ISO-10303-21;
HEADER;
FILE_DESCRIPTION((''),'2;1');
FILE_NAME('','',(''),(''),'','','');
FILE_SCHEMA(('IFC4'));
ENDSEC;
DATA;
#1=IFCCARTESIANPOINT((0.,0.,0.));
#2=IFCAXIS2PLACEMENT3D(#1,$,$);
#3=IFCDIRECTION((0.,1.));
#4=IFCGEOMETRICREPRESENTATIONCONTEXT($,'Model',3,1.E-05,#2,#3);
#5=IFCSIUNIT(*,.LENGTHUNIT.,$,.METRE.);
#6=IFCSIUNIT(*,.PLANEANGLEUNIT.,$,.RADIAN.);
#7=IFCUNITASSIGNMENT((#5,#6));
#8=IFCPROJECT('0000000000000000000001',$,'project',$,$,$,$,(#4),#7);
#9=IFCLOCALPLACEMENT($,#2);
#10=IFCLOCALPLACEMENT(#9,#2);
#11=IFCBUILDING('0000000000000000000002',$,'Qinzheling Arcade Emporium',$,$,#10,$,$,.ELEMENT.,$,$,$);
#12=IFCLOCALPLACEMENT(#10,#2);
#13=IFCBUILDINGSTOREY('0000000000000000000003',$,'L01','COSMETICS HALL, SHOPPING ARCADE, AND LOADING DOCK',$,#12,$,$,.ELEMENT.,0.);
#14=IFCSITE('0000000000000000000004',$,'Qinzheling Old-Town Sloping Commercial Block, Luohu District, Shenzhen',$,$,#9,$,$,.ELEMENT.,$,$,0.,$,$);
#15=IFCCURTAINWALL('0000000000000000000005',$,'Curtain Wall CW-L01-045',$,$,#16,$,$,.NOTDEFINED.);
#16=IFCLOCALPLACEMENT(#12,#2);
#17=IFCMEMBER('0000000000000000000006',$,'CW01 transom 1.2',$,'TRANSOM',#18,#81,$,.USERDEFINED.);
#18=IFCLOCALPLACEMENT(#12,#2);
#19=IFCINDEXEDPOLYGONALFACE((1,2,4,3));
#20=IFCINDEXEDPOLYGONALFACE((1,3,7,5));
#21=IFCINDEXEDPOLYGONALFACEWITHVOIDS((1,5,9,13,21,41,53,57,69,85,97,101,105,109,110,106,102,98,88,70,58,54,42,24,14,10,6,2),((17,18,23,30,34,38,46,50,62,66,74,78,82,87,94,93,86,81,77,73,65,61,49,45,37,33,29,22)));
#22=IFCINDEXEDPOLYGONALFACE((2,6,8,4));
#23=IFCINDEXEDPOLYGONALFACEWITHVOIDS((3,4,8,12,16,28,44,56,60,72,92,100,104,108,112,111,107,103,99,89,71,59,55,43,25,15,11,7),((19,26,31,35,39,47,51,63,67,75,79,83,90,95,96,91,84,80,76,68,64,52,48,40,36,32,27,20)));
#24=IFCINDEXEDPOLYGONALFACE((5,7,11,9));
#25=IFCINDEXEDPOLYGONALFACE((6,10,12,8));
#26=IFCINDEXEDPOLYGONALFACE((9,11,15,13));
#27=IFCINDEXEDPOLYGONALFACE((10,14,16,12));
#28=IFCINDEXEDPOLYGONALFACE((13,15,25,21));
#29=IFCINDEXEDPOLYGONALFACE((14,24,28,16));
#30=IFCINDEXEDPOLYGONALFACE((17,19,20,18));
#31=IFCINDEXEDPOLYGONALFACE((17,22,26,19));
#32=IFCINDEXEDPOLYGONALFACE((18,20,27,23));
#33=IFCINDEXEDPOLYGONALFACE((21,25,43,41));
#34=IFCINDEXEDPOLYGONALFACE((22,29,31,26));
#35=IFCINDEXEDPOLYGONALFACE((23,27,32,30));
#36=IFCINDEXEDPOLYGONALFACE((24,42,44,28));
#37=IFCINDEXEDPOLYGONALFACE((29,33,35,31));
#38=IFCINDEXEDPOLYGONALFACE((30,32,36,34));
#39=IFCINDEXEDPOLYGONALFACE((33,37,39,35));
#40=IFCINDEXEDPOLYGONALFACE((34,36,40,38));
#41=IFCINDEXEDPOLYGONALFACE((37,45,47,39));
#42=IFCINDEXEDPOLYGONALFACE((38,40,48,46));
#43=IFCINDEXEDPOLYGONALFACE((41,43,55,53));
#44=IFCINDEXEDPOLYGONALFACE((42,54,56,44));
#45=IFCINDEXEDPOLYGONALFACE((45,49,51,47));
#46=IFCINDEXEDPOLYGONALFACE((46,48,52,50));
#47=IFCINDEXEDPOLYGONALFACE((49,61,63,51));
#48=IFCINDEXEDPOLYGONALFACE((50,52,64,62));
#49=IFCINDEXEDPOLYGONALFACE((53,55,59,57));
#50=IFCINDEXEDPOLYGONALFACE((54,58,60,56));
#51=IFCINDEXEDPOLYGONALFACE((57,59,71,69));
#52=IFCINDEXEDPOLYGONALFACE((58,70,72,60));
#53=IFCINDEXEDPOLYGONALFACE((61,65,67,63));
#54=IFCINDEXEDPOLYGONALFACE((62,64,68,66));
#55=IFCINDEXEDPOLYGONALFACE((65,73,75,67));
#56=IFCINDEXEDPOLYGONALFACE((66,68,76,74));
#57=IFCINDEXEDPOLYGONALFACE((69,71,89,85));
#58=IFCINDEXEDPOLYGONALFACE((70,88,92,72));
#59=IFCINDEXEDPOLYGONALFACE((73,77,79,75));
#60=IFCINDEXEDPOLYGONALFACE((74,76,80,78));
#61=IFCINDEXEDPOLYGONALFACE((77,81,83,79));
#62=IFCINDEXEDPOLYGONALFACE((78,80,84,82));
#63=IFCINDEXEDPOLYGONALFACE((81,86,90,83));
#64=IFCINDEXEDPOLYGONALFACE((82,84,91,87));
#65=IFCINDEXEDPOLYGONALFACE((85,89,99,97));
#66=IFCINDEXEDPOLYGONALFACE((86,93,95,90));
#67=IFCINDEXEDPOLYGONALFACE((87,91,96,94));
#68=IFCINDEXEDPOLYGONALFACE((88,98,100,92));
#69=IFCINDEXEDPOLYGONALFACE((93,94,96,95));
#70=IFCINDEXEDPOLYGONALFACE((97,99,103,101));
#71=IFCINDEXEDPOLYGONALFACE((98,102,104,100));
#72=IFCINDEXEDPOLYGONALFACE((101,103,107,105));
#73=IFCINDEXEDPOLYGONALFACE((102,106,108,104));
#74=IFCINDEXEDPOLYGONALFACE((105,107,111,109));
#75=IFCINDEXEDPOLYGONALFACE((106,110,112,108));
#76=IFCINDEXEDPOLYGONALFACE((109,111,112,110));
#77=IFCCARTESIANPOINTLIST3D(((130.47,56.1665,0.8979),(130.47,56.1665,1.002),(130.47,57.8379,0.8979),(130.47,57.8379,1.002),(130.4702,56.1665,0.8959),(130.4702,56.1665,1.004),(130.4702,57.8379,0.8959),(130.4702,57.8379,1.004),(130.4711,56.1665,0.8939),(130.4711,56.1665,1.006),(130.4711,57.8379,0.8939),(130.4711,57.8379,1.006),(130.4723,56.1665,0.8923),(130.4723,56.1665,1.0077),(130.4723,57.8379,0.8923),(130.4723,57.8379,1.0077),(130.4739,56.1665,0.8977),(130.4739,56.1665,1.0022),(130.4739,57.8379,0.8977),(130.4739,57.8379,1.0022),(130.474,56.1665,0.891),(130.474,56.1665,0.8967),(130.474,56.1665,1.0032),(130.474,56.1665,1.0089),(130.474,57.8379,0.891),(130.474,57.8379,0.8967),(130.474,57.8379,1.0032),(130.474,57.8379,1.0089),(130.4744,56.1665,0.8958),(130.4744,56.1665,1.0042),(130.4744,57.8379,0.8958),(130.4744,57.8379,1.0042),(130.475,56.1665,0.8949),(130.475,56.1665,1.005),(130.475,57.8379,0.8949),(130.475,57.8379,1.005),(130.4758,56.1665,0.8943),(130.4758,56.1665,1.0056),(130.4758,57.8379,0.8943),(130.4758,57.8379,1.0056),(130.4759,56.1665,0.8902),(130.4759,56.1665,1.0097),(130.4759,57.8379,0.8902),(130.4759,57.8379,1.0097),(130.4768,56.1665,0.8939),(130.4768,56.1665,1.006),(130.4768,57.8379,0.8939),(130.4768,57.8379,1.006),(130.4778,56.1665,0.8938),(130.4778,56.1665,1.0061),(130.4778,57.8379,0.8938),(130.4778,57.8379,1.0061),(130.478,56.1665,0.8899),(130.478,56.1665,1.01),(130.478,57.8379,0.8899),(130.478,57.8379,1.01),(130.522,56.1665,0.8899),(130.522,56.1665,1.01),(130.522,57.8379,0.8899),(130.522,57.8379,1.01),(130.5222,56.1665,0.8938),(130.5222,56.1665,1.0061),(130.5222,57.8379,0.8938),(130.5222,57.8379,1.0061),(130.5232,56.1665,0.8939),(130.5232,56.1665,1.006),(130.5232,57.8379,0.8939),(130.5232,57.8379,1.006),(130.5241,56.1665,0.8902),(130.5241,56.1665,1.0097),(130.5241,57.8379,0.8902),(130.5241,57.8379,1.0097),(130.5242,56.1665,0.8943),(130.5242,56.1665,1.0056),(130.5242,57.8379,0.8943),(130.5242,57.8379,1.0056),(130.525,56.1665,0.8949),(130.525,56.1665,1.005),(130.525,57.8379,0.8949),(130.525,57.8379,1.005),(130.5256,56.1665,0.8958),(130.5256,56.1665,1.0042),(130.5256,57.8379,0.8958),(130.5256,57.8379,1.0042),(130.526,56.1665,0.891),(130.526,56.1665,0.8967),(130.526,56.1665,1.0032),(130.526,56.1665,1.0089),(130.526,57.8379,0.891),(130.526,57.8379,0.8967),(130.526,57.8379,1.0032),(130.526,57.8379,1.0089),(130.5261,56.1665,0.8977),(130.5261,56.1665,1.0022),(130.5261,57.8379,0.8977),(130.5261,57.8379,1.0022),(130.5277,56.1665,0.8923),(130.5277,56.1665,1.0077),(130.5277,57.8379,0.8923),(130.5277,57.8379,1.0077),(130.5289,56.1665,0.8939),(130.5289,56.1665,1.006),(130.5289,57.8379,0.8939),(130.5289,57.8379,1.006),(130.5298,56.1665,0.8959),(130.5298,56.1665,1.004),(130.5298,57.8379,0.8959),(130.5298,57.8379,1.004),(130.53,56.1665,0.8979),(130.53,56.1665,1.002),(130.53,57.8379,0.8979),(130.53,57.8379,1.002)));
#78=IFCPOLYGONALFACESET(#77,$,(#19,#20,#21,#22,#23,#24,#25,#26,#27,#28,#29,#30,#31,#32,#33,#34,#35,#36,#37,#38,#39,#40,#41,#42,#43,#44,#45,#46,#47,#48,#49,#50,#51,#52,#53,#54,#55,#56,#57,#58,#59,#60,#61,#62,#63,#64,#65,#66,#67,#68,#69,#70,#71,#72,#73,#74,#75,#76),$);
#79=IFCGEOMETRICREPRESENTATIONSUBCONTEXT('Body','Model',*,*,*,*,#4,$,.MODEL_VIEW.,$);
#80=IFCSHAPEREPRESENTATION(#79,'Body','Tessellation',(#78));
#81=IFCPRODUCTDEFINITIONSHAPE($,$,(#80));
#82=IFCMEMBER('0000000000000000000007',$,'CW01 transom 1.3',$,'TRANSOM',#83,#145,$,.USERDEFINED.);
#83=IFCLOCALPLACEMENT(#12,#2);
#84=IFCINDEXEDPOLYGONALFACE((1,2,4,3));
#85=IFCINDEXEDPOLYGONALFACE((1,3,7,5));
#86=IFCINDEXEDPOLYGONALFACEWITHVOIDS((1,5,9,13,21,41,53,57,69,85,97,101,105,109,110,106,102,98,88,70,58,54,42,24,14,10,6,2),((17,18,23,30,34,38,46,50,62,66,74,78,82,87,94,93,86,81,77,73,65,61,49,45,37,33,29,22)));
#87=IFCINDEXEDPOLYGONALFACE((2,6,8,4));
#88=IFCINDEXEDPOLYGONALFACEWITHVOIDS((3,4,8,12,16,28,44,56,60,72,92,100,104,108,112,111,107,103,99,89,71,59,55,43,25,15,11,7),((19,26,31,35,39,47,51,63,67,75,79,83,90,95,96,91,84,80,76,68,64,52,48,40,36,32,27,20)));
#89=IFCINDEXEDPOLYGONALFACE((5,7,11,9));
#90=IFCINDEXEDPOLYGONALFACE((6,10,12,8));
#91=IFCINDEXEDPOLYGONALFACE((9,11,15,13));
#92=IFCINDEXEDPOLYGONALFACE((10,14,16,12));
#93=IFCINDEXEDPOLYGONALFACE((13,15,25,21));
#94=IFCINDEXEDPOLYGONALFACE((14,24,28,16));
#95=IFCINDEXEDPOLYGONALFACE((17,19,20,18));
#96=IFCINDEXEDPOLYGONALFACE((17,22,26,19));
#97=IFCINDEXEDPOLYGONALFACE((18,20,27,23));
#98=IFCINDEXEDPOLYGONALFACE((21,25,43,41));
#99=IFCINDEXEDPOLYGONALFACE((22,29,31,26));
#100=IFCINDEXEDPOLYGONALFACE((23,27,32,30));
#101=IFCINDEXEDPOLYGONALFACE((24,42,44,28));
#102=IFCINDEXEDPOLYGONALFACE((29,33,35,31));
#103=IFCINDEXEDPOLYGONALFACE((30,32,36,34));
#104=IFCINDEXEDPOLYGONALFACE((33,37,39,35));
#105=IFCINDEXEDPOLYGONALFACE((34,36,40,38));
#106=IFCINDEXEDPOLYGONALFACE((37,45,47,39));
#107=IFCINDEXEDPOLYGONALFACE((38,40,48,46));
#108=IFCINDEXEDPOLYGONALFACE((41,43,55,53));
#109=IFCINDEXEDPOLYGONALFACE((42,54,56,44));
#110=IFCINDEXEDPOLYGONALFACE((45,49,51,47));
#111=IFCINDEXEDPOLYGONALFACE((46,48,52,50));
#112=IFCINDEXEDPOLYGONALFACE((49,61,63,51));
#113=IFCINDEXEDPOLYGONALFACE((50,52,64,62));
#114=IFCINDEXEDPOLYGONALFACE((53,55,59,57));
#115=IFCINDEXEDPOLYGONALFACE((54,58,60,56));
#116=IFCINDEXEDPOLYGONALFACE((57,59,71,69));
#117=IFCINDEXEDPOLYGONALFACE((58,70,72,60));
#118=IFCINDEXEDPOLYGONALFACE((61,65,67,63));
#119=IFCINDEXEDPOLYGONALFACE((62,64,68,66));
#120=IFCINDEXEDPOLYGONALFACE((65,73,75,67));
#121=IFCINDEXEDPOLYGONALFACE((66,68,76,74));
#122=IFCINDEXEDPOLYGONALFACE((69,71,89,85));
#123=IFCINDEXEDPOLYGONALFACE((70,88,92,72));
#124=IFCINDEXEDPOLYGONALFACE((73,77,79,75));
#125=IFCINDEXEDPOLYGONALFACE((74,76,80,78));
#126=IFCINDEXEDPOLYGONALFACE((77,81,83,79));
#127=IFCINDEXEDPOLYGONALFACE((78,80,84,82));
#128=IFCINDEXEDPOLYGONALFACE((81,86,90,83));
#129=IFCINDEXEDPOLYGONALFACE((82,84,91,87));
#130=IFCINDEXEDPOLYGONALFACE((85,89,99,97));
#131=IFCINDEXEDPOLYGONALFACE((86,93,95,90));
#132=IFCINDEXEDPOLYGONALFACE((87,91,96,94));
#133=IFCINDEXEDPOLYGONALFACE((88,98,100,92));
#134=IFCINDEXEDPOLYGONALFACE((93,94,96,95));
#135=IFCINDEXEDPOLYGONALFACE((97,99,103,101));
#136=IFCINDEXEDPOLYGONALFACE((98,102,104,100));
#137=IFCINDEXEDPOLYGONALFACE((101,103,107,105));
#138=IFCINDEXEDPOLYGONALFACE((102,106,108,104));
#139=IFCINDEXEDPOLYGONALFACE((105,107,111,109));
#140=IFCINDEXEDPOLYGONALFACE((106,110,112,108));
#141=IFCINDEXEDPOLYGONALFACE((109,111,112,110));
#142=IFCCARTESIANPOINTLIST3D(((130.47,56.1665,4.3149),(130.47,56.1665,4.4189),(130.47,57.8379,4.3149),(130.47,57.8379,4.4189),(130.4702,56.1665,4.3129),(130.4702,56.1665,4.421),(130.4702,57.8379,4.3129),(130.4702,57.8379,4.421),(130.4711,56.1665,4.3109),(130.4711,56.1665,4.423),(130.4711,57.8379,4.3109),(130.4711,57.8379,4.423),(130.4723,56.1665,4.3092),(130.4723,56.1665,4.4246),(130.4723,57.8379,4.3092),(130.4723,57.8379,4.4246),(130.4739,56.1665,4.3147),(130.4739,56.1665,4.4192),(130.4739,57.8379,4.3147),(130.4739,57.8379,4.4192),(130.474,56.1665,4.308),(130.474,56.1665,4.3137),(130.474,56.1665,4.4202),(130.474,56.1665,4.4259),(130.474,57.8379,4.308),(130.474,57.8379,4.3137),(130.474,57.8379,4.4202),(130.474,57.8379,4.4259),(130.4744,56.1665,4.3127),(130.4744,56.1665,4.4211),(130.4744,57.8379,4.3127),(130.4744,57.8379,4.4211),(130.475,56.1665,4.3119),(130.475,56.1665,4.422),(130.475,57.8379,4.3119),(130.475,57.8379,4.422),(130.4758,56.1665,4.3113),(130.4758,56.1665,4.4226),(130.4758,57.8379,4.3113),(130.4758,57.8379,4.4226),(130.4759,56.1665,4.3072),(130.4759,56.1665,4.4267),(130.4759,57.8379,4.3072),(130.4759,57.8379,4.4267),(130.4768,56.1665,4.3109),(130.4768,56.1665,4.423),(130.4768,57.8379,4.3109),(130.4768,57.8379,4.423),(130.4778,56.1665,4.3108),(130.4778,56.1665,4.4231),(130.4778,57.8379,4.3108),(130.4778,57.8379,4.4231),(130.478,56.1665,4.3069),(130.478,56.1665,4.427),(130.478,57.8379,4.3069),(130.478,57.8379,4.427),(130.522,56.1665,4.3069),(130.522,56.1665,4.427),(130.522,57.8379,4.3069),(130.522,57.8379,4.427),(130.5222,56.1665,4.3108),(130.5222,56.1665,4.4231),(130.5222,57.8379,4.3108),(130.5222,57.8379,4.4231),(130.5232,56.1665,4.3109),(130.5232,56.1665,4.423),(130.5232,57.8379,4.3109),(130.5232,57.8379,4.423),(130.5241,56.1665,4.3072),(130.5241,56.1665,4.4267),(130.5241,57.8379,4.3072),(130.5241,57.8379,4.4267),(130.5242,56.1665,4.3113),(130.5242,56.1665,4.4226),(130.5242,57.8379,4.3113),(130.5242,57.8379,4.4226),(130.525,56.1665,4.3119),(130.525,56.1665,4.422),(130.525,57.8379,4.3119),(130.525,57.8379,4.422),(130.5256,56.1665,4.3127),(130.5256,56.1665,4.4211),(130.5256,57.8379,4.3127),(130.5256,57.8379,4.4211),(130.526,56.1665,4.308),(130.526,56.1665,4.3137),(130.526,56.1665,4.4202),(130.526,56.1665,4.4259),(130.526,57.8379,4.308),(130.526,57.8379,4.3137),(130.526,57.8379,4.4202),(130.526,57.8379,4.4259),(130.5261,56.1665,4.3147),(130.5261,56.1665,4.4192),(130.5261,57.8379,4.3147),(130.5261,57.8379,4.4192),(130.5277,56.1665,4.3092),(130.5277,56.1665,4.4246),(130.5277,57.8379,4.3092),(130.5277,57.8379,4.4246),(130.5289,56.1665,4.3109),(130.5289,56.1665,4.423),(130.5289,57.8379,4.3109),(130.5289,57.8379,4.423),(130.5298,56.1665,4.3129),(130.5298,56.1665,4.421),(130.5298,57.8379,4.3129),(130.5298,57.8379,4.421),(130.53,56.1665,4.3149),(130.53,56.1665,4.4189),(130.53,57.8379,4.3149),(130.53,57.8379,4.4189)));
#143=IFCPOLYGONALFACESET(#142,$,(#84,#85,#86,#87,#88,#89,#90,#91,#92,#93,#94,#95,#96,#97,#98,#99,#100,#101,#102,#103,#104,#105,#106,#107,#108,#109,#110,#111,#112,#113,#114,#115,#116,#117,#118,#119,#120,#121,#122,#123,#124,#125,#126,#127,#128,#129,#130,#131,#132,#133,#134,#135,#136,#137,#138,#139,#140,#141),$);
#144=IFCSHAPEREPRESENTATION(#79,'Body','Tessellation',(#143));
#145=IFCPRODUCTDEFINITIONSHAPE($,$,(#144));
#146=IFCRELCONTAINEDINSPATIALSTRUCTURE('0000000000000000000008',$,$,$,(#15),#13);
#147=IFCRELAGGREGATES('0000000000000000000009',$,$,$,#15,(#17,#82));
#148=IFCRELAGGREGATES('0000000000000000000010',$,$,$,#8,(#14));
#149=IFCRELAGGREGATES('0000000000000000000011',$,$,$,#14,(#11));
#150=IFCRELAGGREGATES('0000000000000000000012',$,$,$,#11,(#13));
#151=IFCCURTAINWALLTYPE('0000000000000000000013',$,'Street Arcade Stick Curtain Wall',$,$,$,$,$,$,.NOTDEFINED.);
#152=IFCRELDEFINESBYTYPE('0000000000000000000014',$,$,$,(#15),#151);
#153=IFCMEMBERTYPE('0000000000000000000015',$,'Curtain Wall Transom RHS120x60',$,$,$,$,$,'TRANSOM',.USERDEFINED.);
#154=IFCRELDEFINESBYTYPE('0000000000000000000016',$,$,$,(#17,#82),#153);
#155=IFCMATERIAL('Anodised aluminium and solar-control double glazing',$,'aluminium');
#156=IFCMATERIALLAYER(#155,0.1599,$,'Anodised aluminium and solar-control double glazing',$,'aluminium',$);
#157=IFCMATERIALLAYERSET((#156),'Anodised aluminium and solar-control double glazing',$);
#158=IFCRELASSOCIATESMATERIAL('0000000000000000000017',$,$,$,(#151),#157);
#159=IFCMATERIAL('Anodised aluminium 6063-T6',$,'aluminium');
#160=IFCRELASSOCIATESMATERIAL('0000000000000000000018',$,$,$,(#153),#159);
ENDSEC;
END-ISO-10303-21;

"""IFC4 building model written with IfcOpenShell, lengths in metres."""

from ifc_helpers import new_model, si_unit, direction, frame, origin, origin_2d, place, context, subcontext, project, spatial, hollow_rectangle, extrude, material, layer, layer_set, material_profile, profile_set, type_object, element, aggregate, save


model = new_model("IFC4")

# Units and contexts
model_context = context("Model", 3, precision=1e-05, world=origin(), true_north=direction((0.0, 1.0)))
body_context = subcontext(model_context, "Body", "Model", "MODEL_VIEW")
ifc_project = project(units=[si_unit("LENGTHUNIT", "METRE"), si_unit("PLANEANGLEUNIT", "RADIAN")], contexts=[model_context])

# Site, building, storey
site_placement = place(None, origin())
site = spatial("IfcSite", under=ifc_project, at=site_placement, Name="Qinzheling Old-Town Sloping Commercial Block, Luohu District, Shenzhen", CompositionType="ELEMENT", RefElevation=0.0)
building_placement = place(site_placement, origin())
building = spatial("IfcBuilding", under=site, at=building_placement, Name="Qinzheling Arcade Emporium", CompositionType="ELEMENT")
storey_placement = place(building_placement, origin())
storey = spatial("IfcBuildingStorey", under=building, at=storey_placement, Name="L01", Description="COSMETICS HALL, SHOPPING ARCADE, AND LOADING DOCK", CompositionType="ELEMENT", Elevation=0.0)

# Shared definitions
ifc_material_1 = material(Name="Anodised aluminium and solar-control double glazing", Category="aluminium")
ifc_layer_1 = layer(ifc_material_1, 0.1599, Name="Anodised aluminium and solar-control double glazing", Category="aluminium")
ifc_layer_set_1 = layer_set([ifc_layer_1], Name="Anodised aluminium and solar-control double glazing")
curtain_wall_type = type_object("IfcCurtainWallType", Name="Street Arcade Stick Curtain Wall", PredefinedType="NOTDEFINED", material=ifc_layer_set_1)
ifc_material_2 = material(Name="Anodised aluminium 6063-T6", Category="aluminium")

# Curtain wall, members
curtain_wall_1_placement = place(storey_placement, origin())
curtain_wall_1 = element("IfcCurtainWall", 1, at=curtain_wall_1_placement, inside=storey, type_object=curtain_wall_type, Name="Curtain Wall CW-L01-045", PredefinedType="NOTDEFINED")
ifc_material_profile_1 = material_profile(ifc_material_2, hollow_rectangle(XDim=0.0601, YDim=0.1201, WallThickness=0.0039, InnerFilletRadius=0.0039, OuterFilletRadius=0.0081, at=origin_2d()), Name="RHS 120x60x4", Category="aluminium")
ifc_profile_set_1 = profile_set([ifc_material_profile_1], Name="Anodised aluminium 6063-T6")
member_type_1 = type_object("IfcMemberType", Name="Curtain Wall Transom RHS120x60", ElementType="TRANSOM", PredefinedType="USERDEFINED", material=ifc_profile_set_1)
member_1_placement = place(storey_placement, frame((130.5, 57.8379, 0.95), z_axis=(0.0, -1.0, 0.0), x_axis=(1.0, 0.0, 0.0)))
member_1 = element("IfcMember", 2, at=member_1_placement, type_object=member_type_1, Name="CW01 transom 1.2", ObjectType="TRANSOM", PredefinedType="USERDEFINED", context=body_context, shape_type="SweptSolid", body=[
    extrude(hollow_rectangle(XDim=0.0601, YDim=0.1201, WallThickness=0.0039, InnerFilletRadius=0.0039, OuterFilletRadius=0.0081, at=origin_2d()), origin(), (0.0, 0.0, 1.0), 1.6714),
])
member_2_placement = place(storey_placement, frame((130.5, 57.8379, 4.3669), z_axis=(0.0, -1.0, 0.0), x_axis=(1.0, 0.0, 0.0)))
member_2 = element("IfcMember", 3, at=member_2_placement, type_object=member_type_1, Name="CW01 transom 1.3", ObjectType="TRANSOM", PredefinedType="USERDEFINED", context=body_context, shape_type="SweptSolid", body=[
    extrude(hollow_rectangle(XDim=0.0601, YDim=0.1201, WallThickness=0.0039, InnerFilletRadius=0.0039, OuterFilletRadius=0.0081, at=origin_2d()), origin(), (0.0, 0.0, 1.0), 1.6714),
])

aggregate(curtain_wall_1, [member_1, member_2])

save(model, "model.ifc")
